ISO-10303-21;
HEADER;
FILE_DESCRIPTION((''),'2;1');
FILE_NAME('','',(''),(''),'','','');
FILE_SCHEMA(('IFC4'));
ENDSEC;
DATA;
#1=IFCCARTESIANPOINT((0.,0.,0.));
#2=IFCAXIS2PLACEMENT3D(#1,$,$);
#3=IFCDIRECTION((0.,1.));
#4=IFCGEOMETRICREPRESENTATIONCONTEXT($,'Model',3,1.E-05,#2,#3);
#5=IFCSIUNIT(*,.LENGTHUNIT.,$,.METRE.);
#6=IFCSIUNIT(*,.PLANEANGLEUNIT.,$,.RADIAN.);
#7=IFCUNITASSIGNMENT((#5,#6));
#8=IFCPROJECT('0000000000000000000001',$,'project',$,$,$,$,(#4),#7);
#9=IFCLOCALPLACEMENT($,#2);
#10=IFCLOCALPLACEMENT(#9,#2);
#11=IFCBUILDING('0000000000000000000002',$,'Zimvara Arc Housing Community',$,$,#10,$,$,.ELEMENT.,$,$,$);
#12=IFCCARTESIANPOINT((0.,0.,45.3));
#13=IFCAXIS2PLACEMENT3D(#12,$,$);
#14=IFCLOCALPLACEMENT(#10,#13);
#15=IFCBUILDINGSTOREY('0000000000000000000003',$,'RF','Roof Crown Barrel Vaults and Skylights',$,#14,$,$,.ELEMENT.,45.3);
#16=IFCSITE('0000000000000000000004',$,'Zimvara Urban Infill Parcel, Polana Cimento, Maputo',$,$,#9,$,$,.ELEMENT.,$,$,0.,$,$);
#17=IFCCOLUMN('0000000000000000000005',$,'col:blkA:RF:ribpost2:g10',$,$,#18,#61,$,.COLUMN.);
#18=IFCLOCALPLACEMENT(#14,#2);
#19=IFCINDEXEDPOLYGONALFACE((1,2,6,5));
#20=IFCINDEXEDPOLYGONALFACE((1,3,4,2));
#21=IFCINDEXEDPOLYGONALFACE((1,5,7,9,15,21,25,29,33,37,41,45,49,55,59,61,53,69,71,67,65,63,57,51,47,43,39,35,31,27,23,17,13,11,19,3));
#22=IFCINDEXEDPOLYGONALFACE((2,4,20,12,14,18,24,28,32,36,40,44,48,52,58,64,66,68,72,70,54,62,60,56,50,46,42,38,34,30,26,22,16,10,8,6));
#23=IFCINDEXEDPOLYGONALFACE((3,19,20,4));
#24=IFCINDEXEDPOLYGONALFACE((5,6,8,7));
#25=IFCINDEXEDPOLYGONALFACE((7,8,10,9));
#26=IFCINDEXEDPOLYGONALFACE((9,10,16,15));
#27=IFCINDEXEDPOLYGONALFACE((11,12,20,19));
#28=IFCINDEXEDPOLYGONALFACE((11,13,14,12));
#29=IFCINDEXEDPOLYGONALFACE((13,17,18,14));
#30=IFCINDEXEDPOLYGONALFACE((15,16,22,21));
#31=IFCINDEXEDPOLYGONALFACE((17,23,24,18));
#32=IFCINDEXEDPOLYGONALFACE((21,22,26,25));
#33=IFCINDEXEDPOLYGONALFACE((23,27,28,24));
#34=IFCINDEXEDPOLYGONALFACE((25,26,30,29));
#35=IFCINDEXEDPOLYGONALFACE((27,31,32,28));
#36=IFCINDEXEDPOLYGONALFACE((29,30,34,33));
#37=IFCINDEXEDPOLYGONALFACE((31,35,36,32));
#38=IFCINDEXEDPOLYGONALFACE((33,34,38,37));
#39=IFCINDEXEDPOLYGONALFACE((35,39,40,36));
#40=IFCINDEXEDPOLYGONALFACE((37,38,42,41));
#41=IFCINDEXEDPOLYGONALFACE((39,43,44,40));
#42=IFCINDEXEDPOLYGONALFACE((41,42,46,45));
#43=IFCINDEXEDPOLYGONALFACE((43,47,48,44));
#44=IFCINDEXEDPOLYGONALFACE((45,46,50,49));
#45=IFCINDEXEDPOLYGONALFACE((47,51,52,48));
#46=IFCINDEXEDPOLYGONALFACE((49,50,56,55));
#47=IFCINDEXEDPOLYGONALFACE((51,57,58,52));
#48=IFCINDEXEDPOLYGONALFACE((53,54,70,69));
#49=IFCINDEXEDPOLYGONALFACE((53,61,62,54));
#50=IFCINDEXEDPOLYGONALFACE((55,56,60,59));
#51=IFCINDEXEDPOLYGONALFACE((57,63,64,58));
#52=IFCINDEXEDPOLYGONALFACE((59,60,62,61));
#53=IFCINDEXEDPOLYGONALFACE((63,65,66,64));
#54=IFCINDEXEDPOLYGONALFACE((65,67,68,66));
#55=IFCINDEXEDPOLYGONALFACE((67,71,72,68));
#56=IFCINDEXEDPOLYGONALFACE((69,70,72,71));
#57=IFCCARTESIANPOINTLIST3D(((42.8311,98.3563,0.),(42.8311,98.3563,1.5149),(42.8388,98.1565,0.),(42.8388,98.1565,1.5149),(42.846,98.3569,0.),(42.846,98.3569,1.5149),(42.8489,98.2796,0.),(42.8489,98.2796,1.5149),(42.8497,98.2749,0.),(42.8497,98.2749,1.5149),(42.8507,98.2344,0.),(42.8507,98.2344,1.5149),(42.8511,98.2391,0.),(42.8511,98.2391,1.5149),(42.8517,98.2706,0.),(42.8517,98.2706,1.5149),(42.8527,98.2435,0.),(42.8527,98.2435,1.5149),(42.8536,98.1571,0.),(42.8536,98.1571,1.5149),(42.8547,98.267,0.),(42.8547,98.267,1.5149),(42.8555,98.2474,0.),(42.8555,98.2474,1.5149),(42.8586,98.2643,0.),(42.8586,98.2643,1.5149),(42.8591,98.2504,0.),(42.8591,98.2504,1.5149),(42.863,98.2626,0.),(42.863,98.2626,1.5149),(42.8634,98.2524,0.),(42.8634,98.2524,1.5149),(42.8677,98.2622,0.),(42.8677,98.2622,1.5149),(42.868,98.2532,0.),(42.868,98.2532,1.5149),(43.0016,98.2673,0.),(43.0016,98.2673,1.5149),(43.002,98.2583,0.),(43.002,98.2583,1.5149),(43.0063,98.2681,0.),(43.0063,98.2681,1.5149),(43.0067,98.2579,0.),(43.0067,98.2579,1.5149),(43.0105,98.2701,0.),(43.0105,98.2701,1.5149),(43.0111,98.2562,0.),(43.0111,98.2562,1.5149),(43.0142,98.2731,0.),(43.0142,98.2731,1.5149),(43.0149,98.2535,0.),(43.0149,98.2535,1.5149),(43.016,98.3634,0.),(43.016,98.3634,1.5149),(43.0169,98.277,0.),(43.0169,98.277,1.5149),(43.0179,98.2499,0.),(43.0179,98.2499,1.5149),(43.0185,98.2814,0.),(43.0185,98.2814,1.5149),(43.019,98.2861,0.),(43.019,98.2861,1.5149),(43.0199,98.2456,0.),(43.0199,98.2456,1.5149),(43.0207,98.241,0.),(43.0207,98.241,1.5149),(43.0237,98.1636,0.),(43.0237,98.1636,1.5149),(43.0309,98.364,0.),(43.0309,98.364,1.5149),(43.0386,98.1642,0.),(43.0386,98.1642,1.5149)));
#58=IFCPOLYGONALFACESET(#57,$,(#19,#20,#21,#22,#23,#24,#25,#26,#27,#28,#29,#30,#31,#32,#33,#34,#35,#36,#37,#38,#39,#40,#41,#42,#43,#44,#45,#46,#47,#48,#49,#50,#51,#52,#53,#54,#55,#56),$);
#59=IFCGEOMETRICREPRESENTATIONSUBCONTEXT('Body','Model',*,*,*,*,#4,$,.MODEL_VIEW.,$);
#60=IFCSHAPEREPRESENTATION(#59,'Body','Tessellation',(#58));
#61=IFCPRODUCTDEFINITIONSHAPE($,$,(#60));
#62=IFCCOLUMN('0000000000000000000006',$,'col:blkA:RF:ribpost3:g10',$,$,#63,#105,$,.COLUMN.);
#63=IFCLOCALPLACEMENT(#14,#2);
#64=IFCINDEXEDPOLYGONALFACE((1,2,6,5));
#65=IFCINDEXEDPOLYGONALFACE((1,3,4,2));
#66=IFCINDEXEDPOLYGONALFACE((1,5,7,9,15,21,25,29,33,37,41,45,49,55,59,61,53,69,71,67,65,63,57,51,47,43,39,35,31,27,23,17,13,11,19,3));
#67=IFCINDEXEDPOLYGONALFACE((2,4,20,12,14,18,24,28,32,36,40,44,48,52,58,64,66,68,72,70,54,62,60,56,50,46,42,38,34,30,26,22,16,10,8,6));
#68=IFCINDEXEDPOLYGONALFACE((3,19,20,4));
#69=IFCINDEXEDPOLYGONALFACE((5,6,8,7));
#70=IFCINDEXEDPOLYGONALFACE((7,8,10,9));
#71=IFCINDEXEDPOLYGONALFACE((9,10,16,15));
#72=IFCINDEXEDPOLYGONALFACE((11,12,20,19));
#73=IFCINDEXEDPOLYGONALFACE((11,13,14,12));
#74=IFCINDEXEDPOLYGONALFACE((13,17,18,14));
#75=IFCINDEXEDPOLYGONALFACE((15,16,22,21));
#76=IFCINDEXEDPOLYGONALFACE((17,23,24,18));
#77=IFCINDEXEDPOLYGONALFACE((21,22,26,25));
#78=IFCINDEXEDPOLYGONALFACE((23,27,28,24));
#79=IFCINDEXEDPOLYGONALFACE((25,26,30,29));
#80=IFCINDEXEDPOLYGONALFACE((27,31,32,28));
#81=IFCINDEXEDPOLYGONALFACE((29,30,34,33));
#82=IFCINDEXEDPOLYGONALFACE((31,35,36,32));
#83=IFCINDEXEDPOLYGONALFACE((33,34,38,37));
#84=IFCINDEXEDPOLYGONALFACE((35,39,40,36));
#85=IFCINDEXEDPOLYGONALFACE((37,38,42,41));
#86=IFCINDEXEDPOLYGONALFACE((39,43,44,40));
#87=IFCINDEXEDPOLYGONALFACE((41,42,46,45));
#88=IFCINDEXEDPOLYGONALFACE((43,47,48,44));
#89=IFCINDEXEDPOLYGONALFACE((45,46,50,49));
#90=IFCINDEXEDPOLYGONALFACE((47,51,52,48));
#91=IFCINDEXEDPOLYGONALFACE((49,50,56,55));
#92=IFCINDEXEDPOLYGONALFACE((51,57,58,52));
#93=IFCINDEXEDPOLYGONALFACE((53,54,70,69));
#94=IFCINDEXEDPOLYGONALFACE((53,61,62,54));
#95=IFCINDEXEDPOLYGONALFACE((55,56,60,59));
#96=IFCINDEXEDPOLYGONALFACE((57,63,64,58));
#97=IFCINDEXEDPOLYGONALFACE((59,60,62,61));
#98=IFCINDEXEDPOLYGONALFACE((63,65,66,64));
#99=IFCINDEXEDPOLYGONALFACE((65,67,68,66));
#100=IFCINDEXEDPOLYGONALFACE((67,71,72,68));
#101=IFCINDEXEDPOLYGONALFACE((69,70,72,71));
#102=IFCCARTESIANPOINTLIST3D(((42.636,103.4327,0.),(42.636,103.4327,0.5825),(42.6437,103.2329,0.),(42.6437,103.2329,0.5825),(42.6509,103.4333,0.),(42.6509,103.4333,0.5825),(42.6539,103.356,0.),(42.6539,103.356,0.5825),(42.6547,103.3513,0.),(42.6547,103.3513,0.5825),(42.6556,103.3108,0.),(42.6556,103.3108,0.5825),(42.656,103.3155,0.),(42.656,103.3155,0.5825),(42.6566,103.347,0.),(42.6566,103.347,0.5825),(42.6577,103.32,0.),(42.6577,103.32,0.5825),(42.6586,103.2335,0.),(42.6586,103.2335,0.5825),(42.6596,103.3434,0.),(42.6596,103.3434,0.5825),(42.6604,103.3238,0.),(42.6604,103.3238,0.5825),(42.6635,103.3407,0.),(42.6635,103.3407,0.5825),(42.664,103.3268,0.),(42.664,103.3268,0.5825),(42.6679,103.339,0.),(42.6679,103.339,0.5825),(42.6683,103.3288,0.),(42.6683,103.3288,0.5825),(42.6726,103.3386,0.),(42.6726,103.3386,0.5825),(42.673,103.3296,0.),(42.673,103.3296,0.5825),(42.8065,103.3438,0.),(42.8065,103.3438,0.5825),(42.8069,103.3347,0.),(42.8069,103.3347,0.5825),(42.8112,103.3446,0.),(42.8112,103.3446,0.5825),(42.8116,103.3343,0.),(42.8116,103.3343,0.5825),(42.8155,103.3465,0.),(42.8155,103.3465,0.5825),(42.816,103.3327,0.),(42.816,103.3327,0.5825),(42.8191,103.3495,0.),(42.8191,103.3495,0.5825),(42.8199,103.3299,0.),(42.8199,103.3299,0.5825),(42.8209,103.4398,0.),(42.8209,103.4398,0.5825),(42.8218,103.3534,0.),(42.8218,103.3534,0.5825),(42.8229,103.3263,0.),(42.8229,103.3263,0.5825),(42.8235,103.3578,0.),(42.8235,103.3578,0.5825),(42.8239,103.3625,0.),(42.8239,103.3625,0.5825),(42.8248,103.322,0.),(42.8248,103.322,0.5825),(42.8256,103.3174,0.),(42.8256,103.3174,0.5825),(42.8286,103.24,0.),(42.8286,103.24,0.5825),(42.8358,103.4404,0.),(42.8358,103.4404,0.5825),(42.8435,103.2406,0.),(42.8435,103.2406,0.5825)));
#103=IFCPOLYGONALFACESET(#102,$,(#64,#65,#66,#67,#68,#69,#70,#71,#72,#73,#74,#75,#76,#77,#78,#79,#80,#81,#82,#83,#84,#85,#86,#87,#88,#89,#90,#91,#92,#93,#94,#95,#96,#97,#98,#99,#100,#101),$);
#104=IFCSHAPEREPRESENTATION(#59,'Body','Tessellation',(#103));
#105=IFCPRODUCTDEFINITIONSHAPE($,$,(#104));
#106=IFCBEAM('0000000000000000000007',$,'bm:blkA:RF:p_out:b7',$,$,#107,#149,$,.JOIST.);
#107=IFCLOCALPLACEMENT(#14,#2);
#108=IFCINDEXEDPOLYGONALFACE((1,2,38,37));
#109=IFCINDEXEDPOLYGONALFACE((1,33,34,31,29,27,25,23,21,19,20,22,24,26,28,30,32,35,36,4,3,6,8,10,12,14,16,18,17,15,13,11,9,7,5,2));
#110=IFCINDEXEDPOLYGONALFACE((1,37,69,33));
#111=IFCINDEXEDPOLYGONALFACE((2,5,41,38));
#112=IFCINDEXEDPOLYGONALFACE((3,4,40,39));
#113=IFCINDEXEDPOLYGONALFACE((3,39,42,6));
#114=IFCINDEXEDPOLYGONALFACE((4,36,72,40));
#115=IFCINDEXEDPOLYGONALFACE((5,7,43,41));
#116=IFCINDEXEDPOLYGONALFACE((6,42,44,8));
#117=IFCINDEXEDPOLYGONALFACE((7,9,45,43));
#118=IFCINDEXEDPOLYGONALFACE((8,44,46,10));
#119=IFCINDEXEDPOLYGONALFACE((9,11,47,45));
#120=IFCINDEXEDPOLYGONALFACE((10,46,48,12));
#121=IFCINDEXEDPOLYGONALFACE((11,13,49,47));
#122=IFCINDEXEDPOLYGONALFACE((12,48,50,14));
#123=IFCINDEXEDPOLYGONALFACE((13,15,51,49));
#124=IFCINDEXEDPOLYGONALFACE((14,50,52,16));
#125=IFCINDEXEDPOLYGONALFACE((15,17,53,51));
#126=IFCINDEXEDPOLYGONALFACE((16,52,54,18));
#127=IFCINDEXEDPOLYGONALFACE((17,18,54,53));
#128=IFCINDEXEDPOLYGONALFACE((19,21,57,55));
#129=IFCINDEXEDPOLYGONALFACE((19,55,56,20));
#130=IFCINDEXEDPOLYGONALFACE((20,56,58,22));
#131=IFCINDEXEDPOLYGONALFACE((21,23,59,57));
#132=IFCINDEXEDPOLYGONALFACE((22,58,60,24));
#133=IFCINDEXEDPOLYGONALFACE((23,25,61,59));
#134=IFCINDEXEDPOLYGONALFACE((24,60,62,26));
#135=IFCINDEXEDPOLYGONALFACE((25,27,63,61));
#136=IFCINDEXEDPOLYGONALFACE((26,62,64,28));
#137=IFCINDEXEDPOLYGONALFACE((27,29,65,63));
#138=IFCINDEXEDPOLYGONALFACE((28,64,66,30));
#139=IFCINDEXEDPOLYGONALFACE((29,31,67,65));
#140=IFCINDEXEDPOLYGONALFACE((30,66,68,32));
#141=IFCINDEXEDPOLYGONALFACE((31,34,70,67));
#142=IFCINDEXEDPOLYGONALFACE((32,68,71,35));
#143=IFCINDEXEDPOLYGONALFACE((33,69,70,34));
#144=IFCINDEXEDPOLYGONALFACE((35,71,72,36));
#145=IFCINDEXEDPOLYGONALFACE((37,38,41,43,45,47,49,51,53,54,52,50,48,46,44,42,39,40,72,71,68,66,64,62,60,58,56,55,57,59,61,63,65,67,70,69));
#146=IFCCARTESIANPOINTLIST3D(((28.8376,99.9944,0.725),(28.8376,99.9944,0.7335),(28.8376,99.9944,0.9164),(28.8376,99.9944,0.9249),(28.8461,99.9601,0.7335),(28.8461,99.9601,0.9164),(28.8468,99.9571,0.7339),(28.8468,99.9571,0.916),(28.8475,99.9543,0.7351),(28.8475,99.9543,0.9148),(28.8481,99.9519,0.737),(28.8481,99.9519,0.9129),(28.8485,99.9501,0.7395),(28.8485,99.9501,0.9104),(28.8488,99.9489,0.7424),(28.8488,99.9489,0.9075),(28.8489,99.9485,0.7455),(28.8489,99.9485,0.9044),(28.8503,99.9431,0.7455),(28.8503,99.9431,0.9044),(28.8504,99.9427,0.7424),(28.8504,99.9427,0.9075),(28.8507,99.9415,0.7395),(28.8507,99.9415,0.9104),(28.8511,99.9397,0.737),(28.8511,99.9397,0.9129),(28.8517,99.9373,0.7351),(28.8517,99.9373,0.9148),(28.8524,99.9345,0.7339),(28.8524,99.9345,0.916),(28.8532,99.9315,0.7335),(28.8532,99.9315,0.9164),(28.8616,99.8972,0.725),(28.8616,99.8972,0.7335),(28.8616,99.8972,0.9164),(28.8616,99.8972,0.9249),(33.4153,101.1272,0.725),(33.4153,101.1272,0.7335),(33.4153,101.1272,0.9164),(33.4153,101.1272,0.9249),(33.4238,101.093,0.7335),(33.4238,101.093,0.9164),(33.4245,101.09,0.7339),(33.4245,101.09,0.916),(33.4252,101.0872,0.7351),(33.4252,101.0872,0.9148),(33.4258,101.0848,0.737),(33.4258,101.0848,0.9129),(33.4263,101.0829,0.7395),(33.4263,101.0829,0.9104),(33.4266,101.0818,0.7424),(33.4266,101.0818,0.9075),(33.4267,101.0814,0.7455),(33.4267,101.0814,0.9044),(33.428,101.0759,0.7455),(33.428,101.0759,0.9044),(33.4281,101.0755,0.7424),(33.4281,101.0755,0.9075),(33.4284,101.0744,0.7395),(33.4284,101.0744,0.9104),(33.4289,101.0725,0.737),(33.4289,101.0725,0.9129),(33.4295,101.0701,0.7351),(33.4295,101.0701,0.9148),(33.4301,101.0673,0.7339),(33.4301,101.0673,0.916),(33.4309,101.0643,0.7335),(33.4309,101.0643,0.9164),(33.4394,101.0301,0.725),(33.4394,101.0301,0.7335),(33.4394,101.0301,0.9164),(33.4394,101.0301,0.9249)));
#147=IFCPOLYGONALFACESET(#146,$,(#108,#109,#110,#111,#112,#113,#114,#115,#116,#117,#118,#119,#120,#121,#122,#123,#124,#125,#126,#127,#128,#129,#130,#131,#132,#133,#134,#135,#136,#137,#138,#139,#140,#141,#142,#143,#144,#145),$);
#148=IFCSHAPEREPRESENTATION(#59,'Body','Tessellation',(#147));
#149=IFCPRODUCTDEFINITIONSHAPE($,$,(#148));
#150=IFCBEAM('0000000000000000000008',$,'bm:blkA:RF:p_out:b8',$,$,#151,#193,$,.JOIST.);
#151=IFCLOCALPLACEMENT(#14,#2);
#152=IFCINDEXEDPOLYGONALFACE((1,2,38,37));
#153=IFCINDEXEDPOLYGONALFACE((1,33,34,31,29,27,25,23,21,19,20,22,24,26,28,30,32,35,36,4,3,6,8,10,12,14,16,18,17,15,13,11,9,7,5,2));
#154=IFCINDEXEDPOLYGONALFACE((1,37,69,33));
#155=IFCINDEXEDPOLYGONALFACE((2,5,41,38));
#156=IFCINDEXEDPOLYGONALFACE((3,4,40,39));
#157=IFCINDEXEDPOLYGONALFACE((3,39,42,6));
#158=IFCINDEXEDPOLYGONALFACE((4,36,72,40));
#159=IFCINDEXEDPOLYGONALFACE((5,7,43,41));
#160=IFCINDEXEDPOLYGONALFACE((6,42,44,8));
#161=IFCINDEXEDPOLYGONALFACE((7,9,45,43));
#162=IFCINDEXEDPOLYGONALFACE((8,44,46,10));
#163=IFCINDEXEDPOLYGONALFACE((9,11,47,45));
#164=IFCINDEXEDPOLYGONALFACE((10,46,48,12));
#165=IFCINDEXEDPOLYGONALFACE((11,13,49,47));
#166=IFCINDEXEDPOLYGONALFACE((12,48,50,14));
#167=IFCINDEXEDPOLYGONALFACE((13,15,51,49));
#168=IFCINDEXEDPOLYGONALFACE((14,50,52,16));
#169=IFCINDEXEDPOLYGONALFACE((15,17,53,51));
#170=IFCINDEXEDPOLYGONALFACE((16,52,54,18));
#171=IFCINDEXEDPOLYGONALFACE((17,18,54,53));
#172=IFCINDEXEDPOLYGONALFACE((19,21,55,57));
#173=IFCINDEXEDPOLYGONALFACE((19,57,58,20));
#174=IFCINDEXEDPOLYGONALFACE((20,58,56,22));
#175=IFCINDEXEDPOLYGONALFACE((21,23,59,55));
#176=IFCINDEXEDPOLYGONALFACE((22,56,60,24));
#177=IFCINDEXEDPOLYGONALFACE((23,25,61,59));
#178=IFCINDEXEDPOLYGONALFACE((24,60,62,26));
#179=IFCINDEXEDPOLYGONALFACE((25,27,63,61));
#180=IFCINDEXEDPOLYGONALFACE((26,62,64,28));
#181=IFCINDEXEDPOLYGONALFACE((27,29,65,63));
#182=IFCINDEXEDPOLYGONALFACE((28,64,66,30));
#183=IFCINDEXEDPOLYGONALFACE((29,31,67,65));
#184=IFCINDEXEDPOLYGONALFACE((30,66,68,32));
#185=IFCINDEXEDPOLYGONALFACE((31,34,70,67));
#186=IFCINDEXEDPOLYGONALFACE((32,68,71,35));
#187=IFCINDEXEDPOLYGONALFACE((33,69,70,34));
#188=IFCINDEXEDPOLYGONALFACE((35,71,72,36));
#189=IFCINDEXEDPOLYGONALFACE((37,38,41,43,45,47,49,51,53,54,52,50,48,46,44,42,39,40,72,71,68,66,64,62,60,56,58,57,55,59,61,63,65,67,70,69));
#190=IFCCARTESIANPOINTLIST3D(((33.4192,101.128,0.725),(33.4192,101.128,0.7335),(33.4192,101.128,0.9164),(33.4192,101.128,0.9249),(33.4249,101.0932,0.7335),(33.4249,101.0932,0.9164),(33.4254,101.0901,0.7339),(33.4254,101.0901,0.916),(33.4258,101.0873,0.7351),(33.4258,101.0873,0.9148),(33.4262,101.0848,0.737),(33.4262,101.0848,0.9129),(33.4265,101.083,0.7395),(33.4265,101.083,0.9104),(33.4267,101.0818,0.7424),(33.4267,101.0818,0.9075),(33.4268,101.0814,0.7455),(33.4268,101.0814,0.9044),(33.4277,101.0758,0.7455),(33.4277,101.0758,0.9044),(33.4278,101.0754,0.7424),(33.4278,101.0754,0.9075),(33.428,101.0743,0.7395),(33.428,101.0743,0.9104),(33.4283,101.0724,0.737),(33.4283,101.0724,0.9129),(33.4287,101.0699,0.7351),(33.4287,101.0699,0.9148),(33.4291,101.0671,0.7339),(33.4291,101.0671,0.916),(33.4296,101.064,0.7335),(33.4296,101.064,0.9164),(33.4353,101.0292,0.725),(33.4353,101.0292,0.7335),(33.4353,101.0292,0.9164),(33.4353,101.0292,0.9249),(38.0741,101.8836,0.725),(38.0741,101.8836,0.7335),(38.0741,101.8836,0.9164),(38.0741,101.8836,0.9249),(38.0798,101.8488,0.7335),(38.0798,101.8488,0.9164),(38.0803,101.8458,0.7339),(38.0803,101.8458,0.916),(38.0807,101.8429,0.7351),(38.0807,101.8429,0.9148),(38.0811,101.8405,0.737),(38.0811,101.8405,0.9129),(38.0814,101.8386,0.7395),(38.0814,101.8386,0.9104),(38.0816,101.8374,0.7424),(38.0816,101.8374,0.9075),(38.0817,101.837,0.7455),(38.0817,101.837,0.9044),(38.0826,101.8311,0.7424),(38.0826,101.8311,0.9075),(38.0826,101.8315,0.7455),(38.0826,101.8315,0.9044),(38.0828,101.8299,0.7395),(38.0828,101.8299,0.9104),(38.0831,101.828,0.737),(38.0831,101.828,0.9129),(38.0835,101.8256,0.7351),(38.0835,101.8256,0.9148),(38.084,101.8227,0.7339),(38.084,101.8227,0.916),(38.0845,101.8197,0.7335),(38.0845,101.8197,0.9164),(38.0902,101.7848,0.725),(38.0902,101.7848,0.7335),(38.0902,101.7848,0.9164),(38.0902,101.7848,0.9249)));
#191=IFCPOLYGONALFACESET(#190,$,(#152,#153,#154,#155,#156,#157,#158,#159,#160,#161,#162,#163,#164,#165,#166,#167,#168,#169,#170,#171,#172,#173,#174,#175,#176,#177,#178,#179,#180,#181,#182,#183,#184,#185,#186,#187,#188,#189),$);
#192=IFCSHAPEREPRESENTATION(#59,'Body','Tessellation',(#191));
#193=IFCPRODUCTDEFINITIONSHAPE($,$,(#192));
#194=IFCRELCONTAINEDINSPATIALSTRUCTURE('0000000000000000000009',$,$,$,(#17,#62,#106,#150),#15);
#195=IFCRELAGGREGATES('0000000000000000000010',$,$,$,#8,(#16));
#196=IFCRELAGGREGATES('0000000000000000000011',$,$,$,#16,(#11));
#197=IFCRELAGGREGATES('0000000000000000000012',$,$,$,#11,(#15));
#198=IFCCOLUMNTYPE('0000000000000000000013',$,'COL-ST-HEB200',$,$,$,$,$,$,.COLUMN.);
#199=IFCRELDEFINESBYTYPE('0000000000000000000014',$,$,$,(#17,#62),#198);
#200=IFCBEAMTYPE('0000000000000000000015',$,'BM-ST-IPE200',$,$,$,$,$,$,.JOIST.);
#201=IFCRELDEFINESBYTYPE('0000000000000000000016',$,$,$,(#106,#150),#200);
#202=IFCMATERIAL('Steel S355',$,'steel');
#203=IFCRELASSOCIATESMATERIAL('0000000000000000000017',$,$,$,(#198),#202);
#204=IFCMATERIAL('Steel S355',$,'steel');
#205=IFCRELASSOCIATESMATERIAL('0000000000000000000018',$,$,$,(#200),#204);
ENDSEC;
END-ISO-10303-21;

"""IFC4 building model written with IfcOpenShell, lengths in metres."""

from ifc_helpers import new_model, si_unit, direction, frame, origin, origin_2d, place, context, subcontext, project, spatial, i_section, extrude, material, material_profile, profile_set, type_object, element, save


model = new_model("IFC4")

# Units and contexts
model_context = context("Model", 3, precision=1e-05, world=origin(), true_north=direction((0.0, 1.0)))
body_context = subcontext(model_context, "Body", "Model", "MODEL_VIEW")
ifc_project = project(units=[si_unit("LENGTHUNIT", "METRE"), si_unit("PLANEANGLEUNIT", "RADIAN")], contexts=[model_context])

# Site, building, storey
site_placement = place(None, origin())
site = spatial("IfcSite", under=ifc_project, at=site_placement, Name="Zimvara Urban Infill Parcel, Polana Cimento, Maputo", CompositionType="ELEMENT", RefElevation=0.0)
building_placement = place(site_placement, origin())
building = spatial("IfcBuilding", under=site, at=building_placement, Name="Zimvara Arc Housing Community", CompositionType="ELEMENT")
storey_placement = place(building_placement, frame((0.0, 0.0, 45.3)))
storey = spatial("IfcBuildingStorey", under=building, at=storey_placement, Name="RF", Description="Roof Crown Barrel Vaults and Skylights", CompositionType="ELEMENT", Elevation=45.3)

# Columns
ifc_material_1 = material(Name="Steel S355", Category="steel")
ifc_material_profile_1 = material_profile(ifc_material_1, i_section(OverallWidth=0.2, OverallDepth=0.2, WebThickness=0.009, FlangeThickness=0.0149, FilletRadius=0.0181, at=origin_2d()), Name="HEB 200")
ifc_profile_set_1 = profile_set([ifc_material_profile_1], Name="Steel S355")
column_type = type_object("IfcColumnType", Name="COL-ST-HEB200", PredefinedType="COLUMN", material=ifc_profile_set_1)
column_1_placement = place(storey_placement, frame((42.9348, 98.2603, 0.0), z_axis=(0.0, 0.0, 1.0), x_axis=(-0.038388, 0.999263, 0.0)))
element("IfcColumn", 1, at=column_1_placement, inside=storey, type_object=column_type, Name="col:blkA:RF:ribpost2:g10", PredefinedType="COLUMN", context=body_context, shape_type="SweptSolid", body=[
    extrude(i_section(OverallWidth=0.2, OverallDepth=0.2, WebThickness=0.009, FlangeThickness=0.0149, FilletRadius=0.0181, at=origin_2d()), origin(), (0.0, 0.0, 1.0), 1.5149),
])
column_2_placement = place(storey_placement, frame((42.7397, 103.3367, 0.0), z_axis=(0.0, 0.0, 1.0), x_axis=(-0.038388, 0.999263, 0.0)))
element("IfcColumn", 2, at=column_2_placement, inside=storey, type_object=column_type, Name="col:blkA:RF:ribpost3:g10", PredefinedType="COLUMN", context=body_context, shape_type="SweptSolid", body=[
    extrude(i_section(OverallWidth=0.2, OverallDepth=0.2, WebThickness=0.009, FlangeThickness=0.0149, FilletRadius=0.0181, at=origin_2d()), origin(), (0.0, 0.0, 1.0), 0.5825),
])

# Beams
ifc_material_2 = material(Name="Steel S355", Category="steel")
ifc_material_profile_2 = material_profile(ifc_material_2, i_section(OverallWidth=0.1001, OverallDepth=0.2, WebThickness=0.0056, FlangeThickness=0.0085, FilletRadius=0.012, at=origin_2d()), Name="IPE 200")
ifc_profile_set_2 = profile_set([ifc_material_profile_2], Name="Steel S355")
beam_type_1 = type_object("IfcBeamType", Name="BM-ST-IPE200", PredefinedType="JOIST", material=ifc_profile_set_2)
for number, where, z_axis, x_axis, name in (
    (3, (28.8496, 99.9458, 0.825), (0.970718, 0.24022, 0.0), (-0.24022, 0.970718, 0.0), "bm:blkA:RF:p_out:b7"),
    (4, (33.4272, 101.0786, 0.825), (0.987079, 0.160233, 0.0), (-0.160233, 0.987079, 0.0), "bm:blkA:RF:p_out:b8"),
):
    element("IfcBeam", number, at=place(storey_placement, frame(where, z_axis=z_axis, x_axis=x_axis)), inside=storey, type_object=beam_type_1, Name=name, PredefinedType="JOIST", context=body_context, shape_type="SweptSolid", body=[
        extrude(i_section(OverallWidth=0.1001, OverallDepth=0.2, WebThickness=0.0056, FlangeThickness=0.0085, FilletRadius=0.012, at=origin_2d()), origin(), (0.0, 0.0, 1.0), 4.7158),
    ])

save(model, "model.ifc")
